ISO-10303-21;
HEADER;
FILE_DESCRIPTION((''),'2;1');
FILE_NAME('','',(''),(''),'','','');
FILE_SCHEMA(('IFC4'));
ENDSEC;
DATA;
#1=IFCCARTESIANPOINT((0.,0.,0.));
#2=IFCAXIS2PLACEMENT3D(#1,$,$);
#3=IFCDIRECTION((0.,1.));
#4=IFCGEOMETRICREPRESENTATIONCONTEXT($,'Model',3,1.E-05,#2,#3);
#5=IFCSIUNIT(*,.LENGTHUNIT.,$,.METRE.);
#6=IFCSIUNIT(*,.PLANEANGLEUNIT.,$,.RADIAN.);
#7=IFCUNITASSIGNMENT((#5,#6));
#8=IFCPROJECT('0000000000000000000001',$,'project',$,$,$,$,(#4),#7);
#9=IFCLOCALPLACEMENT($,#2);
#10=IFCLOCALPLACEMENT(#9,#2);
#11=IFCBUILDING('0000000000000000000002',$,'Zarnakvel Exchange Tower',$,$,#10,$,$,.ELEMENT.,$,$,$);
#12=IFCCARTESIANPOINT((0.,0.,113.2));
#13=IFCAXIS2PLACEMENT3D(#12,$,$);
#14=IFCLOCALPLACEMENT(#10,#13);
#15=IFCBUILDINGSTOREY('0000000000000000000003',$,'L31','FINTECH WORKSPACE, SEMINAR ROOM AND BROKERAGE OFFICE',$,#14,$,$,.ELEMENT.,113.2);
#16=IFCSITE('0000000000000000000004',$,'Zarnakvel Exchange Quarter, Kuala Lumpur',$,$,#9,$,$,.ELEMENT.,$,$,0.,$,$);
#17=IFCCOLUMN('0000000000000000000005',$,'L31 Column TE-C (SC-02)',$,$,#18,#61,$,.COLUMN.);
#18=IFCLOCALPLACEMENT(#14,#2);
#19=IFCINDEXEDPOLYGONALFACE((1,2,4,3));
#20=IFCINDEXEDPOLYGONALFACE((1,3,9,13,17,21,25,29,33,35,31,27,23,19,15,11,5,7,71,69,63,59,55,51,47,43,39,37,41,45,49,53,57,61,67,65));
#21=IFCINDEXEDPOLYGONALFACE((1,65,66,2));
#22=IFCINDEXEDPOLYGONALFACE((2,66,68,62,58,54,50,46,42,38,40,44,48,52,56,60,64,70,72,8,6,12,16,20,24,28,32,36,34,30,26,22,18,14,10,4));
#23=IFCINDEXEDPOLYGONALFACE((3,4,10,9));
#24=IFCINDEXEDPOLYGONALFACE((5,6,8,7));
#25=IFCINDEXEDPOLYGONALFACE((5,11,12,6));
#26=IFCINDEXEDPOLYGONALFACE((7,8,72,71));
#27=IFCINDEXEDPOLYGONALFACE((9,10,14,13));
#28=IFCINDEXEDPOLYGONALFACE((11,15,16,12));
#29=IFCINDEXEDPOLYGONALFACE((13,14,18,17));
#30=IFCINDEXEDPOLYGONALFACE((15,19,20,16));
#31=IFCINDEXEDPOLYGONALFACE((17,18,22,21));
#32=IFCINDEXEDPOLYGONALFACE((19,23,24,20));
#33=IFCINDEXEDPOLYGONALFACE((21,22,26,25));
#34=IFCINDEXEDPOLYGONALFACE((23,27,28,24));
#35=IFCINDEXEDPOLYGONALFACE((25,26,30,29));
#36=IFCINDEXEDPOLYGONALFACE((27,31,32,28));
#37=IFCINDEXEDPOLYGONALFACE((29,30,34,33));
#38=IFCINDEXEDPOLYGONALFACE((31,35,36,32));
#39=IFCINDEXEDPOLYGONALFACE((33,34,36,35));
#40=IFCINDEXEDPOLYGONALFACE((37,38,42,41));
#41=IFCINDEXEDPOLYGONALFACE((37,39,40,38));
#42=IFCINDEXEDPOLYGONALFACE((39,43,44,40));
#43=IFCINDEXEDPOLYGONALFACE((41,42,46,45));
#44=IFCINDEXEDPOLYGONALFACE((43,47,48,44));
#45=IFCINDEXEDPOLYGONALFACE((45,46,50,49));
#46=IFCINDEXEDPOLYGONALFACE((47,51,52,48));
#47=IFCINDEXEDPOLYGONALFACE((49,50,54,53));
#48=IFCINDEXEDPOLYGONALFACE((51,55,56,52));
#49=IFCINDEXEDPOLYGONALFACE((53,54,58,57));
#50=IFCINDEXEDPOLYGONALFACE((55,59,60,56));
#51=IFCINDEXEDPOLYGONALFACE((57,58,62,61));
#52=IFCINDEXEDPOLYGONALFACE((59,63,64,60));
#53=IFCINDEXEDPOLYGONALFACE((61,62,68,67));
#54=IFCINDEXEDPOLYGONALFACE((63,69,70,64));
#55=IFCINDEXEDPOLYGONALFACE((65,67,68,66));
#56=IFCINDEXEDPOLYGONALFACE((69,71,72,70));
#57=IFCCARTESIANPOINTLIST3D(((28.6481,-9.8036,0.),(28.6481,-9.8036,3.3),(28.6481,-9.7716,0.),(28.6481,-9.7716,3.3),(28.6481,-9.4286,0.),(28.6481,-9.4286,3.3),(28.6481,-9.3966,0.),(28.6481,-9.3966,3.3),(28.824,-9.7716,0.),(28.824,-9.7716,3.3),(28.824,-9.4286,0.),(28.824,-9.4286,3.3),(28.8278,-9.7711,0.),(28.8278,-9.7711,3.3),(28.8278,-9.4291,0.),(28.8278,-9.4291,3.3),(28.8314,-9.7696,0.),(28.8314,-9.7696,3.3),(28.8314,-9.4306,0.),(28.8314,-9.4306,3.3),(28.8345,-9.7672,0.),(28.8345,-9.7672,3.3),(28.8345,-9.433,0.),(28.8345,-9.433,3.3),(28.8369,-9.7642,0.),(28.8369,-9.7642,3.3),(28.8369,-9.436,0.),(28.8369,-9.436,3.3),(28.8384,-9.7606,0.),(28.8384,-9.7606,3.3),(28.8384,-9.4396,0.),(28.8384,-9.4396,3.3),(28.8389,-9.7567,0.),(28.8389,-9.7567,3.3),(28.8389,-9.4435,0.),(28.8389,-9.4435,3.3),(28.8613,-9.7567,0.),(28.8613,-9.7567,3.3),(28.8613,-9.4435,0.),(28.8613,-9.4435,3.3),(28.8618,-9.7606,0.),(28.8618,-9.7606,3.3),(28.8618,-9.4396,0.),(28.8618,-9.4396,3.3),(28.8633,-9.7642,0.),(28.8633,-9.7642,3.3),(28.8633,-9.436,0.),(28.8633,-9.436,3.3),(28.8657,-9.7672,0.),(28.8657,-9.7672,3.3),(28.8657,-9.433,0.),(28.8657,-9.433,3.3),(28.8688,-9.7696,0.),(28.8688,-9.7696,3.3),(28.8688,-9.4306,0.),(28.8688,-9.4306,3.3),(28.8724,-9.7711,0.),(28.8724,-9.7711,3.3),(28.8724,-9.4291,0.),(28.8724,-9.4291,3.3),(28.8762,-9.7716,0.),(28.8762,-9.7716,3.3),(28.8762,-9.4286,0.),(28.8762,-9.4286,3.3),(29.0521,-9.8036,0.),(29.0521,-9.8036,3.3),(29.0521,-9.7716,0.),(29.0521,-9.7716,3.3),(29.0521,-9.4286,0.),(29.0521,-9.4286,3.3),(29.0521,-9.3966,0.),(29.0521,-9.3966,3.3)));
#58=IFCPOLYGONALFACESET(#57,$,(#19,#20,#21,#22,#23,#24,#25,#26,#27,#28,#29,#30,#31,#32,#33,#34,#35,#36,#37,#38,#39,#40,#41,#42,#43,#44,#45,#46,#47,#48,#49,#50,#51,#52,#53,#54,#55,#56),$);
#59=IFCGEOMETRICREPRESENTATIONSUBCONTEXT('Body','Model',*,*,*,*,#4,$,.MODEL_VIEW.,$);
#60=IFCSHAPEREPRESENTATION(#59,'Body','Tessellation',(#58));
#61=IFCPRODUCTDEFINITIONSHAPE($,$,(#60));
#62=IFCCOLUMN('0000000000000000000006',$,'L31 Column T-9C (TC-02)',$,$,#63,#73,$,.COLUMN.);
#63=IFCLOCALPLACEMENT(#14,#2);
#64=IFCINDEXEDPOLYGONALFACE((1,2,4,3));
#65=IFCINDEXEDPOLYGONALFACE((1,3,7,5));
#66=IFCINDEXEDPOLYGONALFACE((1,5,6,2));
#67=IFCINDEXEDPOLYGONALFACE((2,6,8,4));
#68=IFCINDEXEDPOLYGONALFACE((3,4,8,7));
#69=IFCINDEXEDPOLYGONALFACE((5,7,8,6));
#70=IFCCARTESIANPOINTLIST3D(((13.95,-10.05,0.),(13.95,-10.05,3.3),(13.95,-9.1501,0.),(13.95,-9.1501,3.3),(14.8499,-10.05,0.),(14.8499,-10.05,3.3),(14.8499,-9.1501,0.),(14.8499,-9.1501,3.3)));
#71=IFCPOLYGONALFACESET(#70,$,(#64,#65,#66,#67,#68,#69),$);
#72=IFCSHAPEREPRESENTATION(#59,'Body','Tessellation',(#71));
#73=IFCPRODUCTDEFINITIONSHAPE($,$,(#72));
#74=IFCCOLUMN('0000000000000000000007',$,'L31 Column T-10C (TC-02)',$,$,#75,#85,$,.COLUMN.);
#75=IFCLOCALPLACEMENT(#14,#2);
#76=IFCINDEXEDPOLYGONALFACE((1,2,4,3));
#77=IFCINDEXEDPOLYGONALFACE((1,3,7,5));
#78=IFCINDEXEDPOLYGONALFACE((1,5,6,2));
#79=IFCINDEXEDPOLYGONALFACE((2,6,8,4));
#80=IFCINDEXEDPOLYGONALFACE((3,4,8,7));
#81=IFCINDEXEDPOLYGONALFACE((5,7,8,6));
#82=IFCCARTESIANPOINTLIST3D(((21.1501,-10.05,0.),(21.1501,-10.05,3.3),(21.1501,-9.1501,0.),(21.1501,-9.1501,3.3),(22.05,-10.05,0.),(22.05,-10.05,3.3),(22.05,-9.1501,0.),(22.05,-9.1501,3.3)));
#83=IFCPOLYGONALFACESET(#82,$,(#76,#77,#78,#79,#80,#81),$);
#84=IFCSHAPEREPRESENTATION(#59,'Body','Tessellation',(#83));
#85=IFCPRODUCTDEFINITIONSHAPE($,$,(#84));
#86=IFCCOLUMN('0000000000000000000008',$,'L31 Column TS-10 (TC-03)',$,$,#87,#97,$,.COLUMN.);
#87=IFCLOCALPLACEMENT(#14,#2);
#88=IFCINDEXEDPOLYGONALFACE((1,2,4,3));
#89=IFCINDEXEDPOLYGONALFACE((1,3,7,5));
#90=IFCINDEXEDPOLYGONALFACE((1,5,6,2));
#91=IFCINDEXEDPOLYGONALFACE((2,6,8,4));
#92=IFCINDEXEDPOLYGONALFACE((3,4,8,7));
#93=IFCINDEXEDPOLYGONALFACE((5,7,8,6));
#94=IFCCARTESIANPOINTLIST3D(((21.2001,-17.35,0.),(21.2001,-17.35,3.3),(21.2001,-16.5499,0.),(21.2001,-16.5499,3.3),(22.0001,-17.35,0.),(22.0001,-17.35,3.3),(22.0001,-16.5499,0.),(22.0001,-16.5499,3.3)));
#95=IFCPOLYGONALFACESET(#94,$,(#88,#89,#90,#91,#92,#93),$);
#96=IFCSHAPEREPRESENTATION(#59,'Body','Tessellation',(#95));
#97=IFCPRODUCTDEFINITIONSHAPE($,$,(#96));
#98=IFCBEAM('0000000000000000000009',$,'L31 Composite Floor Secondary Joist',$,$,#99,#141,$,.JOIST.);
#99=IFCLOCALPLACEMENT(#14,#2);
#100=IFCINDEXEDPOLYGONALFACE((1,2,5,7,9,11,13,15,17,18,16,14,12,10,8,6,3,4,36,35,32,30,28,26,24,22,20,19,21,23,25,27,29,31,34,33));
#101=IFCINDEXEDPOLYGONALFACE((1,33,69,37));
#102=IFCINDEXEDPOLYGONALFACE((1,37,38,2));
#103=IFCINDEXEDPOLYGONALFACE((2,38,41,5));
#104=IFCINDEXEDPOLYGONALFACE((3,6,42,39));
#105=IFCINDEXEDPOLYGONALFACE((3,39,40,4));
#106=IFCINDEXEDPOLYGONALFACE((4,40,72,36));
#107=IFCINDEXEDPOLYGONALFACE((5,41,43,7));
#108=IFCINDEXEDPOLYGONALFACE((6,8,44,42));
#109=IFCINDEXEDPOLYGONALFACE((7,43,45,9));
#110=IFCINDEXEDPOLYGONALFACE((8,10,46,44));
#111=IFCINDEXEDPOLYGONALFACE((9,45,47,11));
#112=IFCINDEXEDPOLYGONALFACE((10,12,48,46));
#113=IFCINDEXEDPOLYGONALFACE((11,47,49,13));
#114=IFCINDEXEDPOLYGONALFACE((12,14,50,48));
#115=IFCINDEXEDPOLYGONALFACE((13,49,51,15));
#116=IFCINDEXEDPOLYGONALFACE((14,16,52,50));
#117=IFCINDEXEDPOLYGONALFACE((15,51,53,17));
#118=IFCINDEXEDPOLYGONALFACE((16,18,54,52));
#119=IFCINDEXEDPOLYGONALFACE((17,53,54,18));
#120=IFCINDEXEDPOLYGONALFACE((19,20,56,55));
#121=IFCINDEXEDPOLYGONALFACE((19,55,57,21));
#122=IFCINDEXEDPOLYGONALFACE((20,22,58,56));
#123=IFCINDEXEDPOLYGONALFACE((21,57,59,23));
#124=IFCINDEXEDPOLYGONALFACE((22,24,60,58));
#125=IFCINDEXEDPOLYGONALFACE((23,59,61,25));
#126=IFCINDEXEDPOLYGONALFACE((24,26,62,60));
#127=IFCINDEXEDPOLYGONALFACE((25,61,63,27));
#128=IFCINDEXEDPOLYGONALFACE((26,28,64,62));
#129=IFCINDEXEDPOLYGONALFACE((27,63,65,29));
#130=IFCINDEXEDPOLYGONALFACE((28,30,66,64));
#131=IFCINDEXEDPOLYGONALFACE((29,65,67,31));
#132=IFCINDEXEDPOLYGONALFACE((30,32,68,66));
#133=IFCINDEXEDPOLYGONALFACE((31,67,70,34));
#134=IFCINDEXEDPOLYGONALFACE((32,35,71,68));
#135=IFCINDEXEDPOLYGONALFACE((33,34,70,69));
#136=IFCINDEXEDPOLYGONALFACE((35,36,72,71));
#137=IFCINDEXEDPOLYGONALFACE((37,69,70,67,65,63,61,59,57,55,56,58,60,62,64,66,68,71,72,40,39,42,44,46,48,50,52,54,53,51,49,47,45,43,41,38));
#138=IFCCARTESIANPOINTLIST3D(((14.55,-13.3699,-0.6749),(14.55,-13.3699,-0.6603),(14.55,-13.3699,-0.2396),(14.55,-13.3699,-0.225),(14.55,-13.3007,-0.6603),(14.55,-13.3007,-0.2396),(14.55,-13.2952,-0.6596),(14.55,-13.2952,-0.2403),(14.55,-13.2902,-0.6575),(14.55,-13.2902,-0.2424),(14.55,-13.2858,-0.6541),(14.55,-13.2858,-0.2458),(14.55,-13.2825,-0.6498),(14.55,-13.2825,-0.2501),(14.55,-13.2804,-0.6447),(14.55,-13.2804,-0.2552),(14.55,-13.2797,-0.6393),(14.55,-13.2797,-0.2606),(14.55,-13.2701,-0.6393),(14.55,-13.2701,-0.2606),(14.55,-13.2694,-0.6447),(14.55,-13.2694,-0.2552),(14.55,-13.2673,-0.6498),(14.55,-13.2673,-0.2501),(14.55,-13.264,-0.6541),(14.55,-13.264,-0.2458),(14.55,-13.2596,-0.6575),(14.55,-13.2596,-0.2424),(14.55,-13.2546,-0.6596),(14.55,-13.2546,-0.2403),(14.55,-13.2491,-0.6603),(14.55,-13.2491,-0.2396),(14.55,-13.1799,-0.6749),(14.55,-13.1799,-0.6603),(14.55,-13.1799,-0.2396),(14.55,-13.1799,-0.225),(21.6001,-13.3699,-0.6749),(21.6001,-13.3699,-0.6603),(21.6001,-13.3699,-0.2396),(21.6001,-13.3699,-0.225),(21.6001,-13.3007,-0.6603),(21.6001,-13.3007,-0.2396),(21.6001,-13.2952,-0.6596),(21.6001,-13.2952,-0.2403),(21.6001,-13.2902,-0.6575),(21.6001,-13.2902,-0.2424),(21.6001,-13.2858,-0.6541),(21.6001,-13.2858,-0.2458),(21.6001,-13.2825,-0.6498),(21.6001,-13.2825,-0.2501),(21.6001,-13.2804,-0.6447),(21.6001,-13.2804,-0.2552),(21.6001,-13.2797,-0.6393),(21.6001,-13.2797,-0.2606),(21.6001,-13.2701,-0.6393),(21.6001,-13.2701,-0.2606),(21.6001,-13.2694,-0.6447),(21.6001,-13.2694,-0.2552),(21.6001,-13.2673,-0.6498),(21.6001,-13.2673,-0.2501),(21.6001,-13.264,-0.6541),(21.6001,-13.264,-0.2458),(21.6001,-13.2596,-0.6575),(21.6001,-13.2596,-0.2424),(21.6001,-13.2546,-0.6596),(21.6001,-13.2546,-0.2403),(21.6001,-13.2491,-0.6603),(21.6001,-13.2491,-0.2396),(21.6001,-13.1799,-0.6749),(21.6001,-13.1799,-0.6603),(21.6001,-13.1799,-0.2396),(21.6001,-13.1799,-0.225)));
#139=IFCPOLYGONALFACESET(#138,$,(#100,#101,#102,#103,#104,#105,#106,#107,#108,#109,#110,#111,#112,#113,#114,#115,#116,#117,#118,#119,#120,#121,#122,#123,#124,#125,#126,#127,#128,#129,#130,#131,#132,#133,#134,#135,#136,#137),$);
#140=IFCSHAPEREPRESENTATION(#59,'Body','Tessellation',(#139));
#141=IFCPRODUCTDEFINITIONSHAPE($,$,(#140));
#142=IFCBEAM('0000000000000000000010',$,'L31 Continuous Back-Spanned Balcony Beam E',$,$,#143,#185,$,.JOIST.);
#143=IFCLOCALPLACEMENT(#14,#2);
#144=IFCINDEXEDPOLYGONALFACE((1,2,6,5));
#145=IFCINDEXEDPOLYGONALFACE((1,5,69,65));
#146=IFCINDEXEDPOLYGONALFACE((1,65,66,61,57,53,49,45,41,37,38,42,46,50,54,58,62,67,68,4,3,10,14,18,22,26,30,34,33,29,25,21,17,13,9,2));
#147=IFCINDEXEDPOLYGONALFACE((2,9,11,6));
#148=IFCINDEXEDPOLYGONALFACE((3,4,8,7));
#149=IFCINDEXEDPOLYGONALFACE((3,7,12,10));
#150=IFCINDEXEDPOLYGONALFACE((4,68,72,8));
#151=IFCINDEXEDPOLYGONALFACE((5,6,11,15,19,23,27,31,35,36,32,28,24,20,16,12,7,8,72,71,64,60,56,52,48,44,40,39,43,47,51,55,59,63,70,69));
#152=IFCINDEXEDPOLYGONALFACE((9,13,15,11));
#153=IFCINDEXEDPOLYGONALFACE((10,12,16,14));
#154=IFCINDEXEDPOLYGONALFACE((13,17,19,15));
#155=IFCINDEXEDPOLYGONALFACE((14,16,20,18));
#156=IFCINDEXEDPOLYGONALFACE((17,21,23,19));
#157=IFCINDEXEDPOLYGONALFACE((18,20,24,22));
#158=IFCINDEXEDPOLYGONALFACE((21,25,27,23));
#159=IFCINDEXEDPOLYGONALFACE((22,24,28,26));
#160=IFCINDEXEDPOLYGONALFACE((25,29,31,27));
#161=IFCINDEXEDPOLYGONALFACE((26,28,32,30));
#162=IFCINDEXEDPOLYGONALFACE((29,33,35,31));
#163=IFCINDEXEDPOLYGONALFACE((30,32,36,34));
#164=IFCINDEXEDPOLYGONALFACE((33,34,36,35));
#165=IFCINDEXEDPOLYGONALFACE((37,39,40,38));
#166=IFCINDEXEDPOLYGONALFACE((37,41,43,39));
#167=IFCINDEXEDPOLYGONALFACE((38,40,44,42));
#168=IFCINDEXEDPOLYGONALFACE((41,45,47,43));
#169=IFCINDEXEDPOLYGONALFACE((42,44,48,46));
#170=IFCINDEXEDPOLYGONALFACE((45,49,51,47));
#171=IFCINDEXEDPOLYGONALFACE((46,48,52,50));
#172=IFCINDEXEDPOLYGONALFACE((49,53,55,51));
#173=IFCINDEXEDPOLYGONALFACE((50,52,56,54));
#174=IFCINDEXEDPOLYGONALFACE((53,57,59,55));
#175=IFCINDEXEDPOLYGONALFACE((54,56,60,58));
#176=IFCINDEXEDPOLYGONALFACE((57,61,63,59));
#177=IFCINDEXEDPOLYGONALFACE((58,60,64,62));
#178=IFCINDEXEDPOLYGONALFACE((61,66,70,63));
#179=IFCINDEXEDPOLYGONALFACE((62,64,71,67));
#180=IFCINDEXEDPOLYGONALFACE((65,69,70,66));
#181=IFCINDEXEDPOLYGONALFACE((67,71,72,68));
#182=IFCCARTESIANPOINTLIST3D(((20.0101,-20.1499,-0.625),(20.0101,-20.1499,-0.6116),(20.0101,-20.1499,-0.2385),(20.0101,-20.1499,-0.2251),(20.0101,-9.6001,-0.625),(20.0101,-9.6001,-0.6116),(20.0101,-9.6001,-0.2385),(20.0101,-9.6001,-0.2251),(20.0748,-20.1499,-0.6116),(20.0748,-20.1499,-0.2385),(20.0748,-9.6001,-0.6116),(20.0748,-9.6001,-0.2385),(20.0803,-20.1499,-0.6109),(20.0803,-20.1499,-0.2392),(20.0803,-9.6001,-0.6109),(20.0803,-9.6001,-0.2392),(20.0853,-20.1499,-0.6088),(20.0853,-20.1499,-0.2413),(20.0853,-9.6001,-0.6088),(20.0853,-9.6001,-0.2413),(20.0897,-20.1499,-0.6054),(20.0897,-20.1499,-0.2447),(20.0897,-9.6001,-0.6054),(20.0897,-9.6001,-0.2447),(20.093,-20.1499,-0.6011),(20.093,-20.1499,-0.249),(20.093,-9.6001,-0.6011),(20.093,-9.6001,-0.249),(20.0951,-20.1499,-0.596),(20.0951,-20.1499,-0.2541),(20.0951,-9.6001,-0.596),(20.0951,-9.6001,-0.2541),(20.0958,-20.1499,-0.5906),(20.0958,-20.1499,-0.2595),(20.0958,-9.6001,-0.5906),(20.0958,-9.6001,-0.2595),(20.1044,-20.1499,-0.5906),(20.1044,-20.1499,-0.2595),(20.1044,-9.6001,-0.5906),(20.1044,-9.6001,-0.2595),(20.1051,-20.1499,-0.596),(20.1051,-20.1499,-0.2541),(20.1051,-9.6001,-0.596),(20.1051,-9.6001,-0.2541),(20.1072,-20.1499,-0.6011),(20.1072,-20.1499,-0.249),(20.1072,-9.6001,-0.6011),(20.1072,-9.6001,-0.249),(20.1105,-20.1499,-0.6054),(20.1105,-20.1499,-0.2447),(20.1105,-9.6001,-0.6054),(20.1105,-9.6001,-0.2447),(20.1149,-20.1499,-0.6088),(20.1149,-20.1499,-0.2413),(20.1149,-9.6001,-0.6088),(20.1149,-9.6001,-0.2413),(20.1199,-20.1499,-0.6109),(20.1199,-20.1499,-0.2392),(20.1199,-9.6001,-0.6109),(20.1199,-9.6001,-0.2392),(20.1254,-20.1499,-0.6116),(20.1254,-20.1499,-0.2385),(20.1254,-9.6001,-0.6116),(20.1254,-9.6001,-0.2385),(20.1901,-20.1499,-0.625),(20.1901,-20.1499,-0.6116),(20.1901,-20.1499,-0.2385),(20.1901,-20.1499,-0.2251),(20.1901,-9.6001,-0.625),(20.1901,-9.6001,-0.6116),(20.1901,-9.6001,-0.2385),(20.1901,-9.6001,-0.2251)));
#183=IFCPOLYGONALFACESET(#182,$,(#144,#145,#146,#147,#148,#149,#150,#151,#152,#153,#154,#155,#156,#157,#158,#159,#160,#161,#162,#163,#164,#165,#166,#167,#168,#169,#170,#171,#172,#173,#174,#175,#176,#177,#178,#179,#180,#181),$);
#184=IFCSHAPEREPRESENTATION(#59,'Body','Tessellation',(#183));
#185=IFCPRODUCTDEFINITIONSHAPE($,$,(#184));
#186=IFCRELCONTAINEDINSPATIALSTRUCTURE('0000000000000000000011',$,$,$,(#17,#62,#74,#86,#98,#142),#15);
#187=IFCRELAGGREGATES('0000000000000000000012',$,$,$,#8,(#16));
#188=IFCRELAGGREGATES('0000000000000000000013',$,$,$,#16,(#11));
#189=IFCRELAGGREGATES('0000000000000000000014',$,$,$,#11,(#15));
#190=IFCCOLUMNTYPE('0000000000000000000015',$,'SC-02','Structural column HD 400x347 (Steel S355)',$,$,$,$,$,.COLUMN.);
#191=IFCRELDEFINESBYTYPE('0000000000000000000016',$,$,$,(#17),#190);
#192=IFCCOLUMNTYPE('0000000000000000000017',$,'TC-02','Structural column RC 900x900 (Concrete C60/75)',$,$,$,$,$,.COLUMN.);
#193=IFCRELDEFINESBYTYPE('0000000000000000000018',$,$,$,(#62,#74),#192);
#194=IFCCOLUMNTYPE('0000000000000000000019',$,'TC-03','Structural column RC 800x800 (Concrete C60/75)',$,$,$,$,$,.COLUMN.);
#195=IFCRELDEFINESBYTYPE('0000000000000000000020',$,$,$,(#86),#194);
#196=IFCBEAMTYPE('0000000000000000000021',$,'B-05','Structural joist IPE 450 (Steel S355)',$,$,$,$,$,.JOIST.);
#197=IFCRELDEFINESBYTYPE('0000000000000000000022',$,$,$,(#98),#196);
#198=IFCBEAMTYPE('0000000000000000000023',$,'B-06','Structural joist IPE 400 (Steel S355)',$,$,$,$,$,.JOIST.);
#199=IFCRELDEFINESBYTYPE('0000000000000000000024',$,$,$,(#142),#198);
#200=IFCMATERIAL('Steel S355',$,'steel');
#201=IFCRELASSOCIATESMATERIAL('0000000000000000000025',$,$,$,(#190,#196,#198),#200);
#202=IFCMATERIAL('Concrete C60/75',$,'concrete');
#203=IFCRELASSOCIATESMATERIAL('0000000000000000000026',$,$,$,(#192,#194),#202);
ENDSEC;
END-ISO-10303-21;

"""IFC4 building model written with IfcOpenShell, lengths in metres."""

from ifc_helpers import new_model, si_unit, direction, frame, origin, origin_2d, place, context, subcontext, project, spatial, rectangle, i_section, extrude, material, material_profile, profile_set, type_object, element, save


model = new_model("IFC4")

# Units and contexts
model_context = context("Model", 3, precision=1e-05, world=origin(), true_north=direction((0.0, 1.0)))
body_context = subcontext(model_context, "Body", "Model", "MODEL_VIEW")
ifc_project = project(units=[si_unit("LENGTHUNIT", "METRE"), si_unit("PLANEANGLEUNIT", "RADIAN")], contexts=[model_context])

# Site, building, storey
site_placement = place(None, origin())
site = spatial("IfcSite", under=ifc_project, at=site_placement, Name="Zarnakvel Exchange Quarter, Kuala Lumpur", CompositionType="ELEMENT", RefElevation=0.0)
building_placement = place(site_placement, origin())
building = spatial("IfcBuilding", under=site, at=building_placement, Name="Zarnakvel Exchange Tower", CompositionType="ELEMENT")
storey_placement = place(building_placement, frame((0.0, 0.0, 113.2)))
storey = spatial("IfcBuildingStorey", under=building, at=storey_placement, Name="L31", Description="FINTECH WORKSPACE, SEMINAR ROOM AND BROKERAGE OFFICE", CompositionType="ELEMENT", Elevation=113.2)

# Columns
ifc_material_1 = material(Name="Steel S355", Category="steel")
ifc_material_profile_1 = material_profile(ifc_material_1, i_section(OverallWidth=0.4041, OverallDepth=0.407, WebThickness=0.0225, FlangeThickness=0.032, FilletRadius=0.0149, at=origin_2d()))
ifc_profile_set_1 = profile_set([ifc_material_profile_1], Name="Steel S355")
column_type_1 = type_object("IfcColumnType", Name="SC-02", Description="Structural column HD 400x347 (Steel S355)", PredefinedType="COLUMN", material=ifc_profile_set_1)
column_1_placement = place(storey_placement, frame((28.8501, -9.6001, 0.0), z_axis=(0.0, 0.0, 1.0), x_axis=(1.0, 0.0, 0.0)))
element("IfcColumn", 1, at=column_1_placement, inside=storey, type_object=column_type_1, Name="L31 Column TE-C (SC-02)", PredefinedType="COLUMN", context=body_context, shape_type="SweptSolid", body=[
    extrude(i_section(OverallWidth=0.4041, OverallDepth=0.407, WebThickness=0.0225, FlangeThickness=0.032, FilletRadius=0.0149, at=origin_2d()), origin(), (0.0, 0.0, 1.0), 3.3),
])
ifc_material_2 = material(Name="Concrete C60/75", Category="concrete")
ifc_material_profile_2 = material_profile(ifc_material_2, rectangle(XDim=0.8999, YDim=0.8999, at=origin_2d()))
ifc_profile_set_2 = profile_set([ifc_material_profile_2], Name="Concrete C60/75")
column_type_2 = type_object("IfcColumnType", Name="TC-02", Description="Structural column RC 900x900 (Concrete C60/75)", PredefinedType="COLUMN", material=ifc_profile_set_2)
for number, where, z_axis, x_axis, name in (
    (2, (14.3999, -9.6001, 0.0), (0.0, 0.0, 1.0), (1.0, 0.0, 0.0), "L31 Column T-9C (TC-02)"),
    (3, (21.6001, -9.6001, 0.0), (0.0, 0.0, 1.0), (1.0, 0.0, 0.0), "L31 Column T-10C (TC-02)"),
):
    element("IfcColumn", number, at=place(storey_placement, frame(where, z_axis=z_axis, x_axis=x_axis)), inside=storey, type_object=column_type_2, Name=name, PredefinedType="COLUMN", context=body_context, shape_type="SweptSolid", body=[
        extrude(rectangle(XDim=0.8999, YDim=0.8999, at=origin_2d()), origin(), (0.0, 0.0, 1.0), 3.3),
    ])
ifc_material_profile_3 = material_profile(ifc_material_2, rectangle(XDim=0.8, YDim=0.8, at=origin_2d()))
ifc_profile_set_3 = profile_set([ifc_material_profile_3], Name="Concrete C60/75")
column_type_3 = type_object("IfcColumnType", Name="TC-03", Description="Structural column RC 800x800 (Concrete C60/75)", PredefinedType="COLUMN", material=ifc_profile_set_3)
column_2_placement = place(storey_placement, frame((21.6001, -16.95, 0.0), z_axis=(0.0, 0.0, 1.0), x_axis=(1.0, 0.0, 0.0)))
element("IfcColumn", 4, at=column_2_placement, inside=storey, type_object=column_type_3, Name="L31 Column TS-10 (TC-03)", PredefinedType="COLUMN", context=body_context, shape_type="SweptSolid", body=[
    extrude(rectangle(XDim=0.8, YDim=0.8, at=origin_2d()), origin(), (0.0, 0.0, 1.0), 3.3),
])

# Beams
ifc_material_profile_4 = material_profile(ifc_material_1, i_section(OverallWidth=0.1899, OverallDepth=0.45, WebThickness=0.0095, FlangeThickness=0.0146, FilletRadius=0.021, at=origin_2d()))
ifc_profile_set_4 = profile_set([ifc_material_profile_4], Name="Steel S355")
beam_type_1 = type_object("IfcBeamType", Name="B-05", Description="Structural joist IPE 450 (Steel S355)", PredefinedType="JOIST", material=ifc_profile_set_4)
beam_1_placement = place(storey_placement, frame((14.55, -13.2749, -0.45), z_axis=(1.0, 0.0, 0.0), x_axis=(0.0, 1.0, 0.0)))
element("IfcBeam", 5, at=beam_1_placement, inside=storey, type_object=beam_type_1, Name="L31 Composite Floor Secondary Joist", PredefinedType="JOIST", context=body_context, shape_type="SweptSolid", body=[
    extrude(i_section(OverallWidth=0.1899, OverallDepth=0.45, WebThickness=0.0095, FlangeThickness=0.0146, FilletRadius=0.021, at=origin_2d()), origin(), (0.0, 0.0, 1.0), 7.05),
])
ifc_material_profile_5 = material_profile(ifc_material_1, i_section(OverallWidth=0.1799, OverallDepth=0.3999, WebThickness=0.0085, FlangeThickness=0.0134, FilletRadius=0.021, at=origin_2d()))
ifc_profile_set_5 = profile_set([ifc_material_profile_5], Name="Steel S355")
beam_type_2 = type_object("IfcBeamType", Name="B-06", Description="Structural joist IPE 400 (Steel S355)", PredefinedType="JOIST", material=ifc_profile_set_5)
beam_2_placement = place(storey_placement, frame((20.1001, -9.6001, -0.425), z_axis=(0.0, -1.0, 0.0), x_axis=(1.0, 0.0, 0.0)))
element("IfcBeam", 6, at=beam_2_placement, inside=storey, type_object=beam_type_2, Name="L31 Continuous Back-Spanned Balcony Beam E", PredefinedType="JOIST", context=body_context, shape_type="SweptSolid", body=[
    extrude(i_section(OverallWidth=0.1799, OverallDepth=0.3999, WebThickness=0.0085, FlangeThickness=0.0134, FilletRadius=0.021, at=origin_2d()), origin(), (0.0, 0.0, 1.0), 10.5498),
])

save(model, "model.ifc")
